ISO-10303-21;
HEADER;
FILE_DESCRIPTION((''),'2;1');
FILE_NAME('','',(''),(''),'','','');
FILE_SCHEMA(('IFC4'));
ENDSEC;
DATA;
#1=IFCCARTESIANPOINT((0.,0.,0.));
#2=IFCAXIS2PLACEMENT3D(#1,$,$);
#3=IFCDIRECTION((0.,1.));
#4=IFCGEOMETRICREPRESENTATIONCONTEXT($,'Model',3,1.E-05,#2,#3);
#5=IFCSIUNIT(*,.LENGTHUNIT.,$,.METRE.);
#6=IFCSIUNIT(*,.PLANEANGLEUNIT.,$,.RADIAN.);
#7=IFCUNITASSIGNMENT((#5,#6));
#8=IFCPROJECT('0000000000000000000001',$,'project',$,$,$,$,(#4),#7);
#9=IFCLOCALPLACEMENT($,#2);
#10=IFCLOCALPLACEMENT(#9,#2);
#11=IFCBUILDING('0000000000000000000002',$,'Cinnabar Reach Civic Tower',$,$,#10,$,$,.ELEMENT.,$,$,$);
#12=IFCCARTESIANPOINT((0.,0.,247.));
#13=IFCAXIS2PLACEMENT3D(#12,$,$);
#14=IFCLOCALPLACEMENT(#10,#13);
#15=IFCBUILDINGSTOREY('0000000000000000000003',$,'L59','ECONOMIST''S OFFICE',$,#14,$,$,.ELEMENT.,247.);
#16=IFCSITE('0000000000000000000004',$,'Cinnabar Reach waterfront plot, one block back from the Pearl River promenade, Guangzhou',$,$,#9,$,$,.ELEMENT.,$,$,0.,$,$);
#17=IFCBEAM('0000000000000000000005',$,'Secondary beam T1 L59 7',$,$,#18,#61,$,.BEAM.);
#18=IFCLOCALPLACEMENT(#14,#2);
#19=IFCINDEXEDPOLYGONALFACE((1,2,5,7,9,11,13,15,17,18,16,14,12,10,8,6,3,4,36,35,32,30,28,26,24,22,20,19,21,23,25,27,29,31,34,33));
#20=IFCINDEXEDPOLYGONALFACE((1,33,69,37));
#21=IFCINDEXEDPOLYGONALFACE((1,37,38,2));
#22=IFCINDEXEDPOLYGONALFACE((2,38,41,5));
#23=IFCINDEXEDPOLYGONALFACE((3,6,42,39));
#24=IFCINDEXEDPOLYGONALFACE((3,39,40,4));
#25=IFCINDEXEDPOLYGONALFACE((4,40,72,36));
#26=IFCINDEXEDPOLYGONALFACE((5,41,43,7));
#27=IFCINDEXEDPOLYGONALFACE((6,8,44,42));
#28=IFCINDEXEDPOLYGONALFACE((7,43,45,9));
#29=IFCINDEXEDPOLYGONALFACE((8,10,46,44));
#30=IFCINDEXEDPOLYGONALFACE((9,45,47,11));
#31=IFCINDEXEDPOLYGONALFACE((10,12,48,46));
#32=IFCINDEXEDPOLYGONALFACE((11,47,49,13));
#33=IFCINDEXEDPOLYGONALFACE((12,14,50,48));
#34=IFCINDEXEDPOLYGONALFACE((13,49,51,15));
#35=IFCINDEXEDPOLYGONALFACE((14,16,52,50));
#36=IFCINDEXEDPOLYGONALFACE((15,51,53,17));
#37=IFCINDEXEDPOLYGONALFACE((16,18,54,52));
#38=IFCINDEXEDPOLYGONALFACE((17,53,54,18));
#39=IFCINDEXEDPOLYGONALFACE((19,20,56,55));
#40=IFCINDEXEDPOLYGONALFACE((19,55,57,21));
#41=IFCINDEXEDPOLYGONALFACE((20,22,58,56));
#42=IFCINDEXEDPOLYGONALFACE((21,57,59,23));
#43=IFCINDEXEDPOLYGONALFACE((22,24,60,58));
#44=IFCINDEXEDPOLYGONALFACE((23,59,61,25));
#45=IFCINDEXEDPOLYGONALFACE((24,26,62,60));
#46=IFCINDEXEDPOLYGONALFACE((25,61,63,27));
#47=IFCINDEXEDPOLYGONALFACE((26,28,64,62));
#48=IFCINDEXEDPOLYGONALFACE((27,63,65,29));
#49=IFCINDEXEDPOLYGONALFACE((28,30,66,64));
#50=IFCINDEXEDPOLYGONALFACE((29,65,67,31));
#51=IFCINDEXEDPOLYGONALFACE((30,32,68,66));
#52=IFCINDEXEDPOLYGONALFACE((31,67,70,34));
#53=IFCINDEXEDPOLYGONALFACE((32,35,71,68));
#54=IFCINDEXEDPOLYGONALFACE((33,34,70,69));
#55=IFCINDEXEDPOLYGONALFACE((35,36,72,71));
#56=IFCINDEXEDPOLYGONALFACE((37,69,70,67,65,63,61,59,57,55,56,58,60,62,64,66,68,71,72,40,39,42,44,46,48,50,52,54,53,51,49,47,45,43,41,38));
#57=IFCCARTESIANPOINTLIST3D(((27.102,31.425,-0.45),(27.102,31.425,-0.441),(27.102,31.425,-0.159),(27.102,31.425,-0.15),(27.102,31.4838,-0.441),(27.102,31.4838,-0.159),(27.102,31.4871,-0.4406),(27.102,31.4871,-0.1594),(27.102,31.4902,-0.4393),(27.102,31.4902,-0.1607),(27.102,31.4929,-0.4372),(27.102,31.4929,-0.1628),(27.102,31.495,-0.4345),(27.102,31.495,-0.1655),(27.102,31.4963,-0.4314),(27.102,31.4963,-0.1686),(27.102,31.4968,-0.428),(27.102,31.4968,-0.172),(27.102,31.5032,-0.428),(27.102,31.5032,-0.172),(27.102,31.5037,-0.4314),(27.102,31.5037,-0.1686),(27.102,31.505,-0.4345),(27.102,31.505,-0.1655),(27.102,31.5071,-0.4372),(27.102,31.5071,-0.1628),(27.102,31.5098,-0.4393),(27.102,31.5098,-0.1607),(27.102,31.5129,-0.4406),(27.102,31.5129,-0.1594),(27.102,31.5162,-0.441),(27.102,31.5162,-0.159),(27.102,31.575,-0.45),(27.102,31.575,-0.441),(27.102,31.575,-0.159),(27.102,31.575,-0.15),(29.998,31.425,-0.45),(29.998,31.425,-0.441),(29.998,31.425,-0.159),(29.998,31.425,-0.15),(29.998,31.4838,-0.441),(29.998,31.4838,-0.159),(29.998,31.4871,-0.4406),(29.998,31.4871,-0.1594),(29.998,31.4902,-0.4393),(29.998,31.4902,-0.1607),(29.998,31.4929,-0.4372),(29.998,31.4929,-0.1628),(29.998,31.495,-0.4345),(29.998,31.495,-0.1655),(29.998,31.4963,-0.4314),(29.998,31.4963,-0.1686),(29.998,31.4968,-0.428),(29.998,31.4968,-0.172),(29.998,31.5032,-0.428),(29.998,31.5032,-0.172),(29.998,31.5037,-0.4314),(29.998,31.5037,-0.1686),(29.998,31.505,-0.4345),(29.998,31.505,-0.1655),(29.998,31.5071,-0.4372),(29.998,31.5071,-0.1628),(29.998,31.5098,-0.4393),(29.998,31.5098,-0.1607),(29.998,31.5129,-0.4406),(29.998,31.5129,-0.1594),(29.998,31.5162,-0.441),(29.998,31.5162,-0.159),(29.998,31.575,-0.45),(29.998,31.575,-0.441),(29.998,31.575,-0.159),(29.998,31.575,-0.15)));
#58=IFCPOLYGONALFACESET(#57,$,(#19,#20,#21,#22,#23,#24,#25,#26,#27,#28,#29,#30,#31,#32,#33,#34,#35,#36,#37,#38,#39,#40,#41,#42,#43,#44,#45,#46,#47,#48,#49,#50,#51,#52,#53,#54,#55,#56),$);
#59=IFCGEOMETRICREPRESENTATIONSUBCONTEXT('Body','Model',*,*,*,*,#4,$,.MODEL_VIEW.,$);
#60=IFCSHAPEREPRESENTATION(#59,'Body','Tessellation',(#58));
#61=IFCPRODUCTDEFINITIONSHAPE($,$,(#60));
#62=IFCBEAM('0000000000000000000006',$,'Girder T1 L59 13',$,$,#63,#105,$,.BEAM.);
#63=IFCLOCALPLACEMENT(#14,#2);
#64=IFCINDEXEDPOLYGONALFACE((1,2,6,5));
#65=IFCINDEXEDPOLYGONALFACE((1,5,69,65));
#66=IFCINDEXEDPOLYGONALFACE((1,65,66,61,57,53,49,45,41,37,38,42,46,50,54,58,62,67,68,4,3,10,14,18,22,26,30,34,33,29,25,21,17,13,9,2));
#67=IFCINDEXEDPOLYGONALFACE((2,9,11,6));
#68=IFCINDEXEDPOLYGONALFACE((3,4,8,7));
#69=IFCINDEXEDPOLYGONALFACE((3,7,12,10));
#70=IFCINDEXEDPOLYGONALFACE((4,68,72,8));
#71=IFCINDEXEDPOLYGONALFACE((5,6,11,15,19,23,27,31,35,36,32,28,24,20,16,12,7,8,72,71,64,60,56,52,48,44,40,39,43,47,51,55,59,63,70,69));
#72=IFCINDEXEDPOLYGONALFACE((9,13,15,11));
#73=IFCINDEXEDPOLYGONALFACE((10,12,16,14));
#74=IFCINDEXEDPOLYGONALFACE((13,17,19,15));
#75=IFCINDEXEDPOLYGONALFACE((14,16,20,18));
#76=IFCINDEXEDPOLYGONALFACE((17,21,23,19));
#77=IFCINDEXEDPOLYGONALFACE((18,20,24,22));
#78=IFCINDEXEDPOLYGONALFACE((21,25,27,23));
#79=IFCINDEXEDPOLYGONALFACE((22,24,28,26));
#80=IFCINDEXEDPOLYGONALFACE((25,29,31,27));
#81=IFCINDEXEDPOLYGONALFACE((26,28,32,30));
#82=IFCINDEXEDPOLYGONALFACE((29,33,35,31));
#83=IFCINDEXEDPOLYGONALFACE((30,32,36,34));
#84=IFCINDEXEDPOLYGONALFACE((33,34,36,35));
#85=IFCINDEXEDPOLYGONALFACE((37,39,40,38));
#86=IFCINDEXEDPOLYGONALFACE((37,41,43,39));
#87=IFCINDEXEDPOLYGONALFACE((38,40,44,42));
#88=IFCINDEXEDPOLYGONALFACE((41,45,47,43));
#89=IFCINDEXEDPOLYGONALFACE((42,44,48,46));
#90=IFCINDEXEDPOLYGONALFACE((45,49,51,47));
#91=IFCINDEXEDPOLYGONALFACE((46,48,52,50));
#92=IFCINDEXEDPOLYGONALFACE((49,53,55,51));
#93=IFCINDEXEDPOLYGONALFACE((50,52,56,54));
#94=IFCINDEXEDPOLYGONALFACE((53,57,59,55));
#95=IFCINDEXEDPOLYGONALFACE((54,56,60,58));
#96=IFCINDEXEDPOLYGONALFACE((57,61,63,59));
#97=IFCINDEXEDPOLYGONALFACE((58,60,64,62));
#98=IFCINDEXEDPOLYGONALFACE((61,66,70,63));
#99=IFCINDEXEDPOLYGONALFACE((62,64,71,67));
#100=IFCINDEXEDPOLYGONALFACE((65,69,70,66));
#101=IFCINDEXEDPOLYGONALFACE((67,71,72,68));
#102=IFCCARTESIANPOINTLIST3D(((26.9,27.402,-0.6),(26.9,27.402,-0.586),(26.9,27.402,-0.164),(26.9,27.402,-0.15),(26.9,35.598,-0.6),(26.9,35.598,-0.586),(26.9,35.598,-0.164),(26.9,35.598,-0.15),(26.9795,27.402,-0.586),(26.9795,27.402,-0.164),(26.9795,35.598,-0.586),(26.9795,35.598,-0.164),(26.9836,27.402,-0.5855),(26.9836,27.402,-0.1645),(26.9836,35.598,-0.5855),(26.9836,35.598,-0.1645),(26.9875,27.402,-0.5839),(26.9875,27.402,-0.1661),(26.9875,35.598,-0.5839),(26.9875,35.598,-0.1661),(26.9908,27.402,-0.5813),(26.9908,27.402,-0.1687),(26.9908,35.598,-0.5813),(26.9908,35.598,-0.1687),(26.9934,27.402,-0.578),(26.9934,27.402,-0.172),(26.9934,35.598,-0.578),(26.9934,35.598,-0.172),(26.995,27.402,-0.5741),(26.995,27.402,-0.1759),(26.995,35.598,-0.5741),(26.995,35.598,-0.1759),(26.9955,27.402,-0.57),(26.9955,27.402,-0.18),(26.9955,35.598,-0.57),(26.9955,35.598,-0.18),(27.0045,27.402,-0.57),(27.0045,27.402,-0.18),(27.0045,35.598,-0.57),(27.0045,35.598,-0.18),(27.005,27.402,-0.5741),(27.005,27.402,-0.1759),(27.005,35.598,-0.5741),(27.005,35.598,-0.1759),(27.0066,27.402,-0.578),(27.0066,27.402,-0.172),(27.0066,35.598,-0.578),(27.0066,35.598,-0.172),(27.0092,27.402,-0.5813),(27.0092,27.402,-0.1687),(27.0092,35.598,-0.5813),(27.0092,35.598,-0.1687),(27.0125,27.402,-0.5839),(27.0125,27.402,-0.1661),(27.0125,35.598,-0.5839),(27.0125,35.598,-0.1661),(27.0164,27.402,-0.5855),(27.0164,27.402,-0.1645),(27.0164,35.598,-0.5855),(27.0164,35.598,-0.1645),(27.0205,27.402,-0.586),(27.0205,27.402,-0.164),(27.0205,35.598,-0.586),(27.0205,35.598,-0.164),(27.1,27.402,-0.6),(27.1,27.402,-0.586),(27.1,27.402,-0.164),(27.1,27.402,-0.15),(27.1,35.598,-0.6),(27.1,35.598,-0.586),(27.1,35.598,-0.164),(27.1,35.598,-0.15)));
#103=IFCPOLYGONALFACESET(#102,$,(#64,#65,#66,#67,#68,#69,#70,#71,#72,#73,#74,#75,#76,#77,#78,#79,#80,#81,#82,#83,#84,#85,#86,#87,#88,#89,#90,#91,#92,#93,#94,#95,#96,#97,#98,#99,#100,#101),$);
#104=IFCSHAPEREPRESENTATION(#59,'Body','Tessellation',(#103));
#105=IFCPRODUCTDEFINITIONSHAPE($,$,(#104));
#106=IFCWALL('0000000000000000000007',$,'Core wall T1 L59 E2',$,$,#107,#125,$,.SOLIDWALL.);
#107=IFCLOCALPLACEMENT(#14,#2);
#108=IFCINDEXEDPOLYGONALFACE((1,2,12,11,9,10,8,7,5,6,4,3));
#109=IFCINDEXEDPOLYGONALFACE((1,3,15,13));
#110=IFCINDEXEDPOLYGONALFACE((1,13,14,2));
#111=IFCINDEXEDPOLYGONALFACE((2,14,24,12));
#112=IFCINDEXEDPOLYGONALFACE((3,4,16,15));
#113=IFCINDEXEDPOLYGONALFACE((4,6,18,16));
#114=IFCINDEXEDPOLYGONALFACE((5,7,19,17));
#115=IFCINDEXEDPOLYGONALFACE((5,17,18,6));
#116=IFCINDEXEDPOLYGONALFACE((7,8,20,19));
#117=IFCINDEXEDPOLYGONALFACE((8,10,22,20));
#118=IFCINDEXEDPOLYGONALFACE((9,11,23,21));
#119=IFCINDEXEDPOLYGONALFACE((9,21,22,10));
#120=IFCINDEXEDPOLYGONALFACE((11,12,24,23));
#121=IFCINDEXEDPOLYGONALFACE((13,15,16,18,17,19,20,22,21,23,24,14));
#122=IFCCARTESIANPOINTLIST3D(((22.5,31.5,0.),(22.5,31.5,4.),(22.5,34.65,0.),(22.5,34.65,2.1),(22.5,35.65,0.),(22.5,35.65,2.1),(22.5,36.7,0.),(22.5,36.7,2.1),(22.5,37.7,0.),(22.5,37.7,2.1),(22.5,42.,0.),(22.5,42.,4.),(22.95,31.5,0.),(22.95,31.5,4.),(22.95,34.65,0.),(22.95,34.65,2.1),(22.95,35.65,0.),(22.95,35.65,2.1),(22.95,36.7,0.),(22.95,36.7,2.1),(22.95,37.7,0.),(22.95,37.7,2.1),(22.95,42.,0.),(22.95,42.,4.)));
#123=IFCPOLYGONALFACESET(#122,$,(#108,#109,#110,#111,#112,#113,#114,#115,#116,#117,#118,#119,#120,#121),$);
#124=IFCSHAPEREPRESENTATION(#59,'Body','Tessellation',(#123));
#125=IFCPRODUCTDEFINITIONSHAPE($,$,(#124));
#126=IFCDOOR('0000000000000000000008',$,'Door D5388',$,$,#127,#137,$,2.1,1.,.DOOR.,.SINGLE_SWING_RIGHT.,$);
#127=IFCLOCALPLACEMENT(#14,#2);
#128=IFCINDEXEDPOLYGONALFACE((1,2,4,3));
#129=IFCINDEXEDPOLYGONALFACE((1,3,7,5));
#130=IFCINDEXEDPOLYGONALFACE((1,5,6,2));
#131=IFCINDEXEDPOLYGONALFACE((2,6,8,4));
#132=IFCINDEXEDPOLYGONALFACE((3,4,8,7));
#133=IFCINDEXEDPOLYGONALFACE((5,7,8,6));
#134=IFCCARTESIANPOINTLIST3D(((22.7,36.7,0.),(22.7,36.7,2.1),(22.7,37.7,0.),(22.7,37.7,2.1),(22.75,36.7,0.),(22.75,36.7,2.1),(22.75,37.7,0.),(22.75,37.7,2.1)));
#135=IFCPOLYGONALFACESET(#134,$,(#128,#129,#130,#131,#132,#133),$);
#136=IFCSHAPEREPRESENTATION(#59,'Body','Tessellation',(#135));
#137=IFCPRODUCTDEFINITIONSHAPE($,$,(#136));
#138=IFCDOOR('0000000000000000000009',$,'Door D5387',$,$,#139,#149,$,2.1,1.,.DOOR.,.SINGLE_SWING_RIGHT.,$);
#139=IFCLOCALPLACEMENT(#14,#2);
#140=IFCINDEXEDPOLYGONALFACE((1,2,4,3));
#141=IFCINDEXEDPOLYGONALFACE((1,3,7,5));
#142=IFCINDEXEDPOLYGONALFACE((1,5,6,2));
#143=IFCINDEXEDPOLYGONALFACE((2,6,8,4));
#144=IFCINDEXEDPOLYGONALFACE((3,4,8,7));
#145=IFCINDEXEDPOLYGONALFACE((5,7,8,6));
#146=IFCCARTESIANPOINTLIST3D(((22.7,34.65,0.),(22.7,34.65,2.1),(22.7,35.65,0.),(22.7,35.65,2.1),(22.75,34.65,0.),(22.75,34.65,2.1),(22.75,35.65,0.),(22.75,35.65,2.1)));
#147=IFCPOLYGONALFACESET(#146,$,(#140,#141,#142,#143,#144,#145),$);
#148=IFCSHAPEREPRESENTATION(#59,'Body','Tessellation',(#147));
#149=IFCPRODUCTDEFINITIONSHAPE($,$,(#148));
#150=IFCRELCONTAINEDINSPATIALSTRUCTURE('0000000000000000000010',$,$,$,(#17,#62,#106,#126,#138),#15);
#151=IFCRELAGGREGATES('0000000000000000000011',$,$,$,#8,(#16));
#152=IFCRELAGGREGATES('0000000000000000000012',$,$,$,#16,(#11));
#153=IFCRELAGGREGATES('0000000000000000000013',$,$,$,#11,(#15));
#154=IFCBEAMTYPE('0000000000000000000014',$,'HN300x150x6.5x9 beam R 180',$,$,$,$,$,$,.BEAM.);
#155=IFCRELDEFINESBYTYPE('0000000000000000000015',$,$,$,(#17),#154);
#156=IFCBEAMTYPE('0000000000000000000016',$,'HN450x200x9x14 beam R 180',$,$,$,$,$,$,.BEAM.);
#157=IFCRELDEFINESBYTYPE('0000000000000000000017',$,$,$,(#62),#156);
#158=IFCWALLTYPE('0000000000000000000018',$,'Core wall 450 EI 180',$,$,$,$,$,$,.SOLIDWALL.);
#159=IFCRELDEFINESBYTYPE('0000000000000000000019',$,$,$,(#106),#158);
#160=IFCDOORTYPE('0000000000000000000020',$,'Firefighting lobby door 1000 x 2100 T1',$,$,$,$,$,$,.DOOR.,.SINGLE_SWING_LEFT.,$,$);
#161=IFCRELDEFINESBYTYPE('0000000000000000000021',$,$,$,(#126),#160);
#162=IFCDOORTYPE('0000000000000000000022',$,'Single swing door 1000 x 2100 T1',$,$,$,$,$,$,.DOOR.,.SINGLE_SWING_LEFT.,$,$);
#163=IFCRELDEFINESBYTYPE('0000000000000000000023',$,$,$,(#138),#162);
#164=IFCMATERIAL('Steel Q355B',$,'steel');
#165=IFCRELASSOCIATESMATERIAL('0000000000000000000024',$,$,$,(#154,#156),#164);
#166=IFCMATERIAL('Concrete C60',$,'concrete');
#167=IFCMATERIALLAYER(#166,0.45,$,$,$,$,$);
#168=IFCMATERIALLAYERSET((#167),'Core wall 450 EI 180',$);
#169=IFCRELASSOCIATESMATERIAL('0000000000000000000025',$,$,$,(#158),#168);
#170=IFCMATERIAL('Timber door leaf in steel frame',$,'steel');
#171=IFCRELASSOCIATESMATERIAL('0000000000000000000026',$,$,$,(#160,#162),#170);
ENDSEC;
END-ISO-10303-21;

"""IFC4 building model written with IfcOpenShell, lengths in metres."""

from ifc_helpers import new_model, si_unit, direction, frame, frame_2d, origin, origin_2d, place, context, subcontext, project, spatial, rectangle, i_section, extrude, material, layer, layer_set, material_profile, profile_set, type_object, element, fill, save


model = new_model("IFC4")

# Units and contexts
model_context = context("Model", 3, precision=1e-05, world=origin(), true_north=direction((0.0, 1.0)))
body_context = subcontext(model_context, "Body", "Model", "MODEL_VIEW")
ifc_project = project(units=[si_unit("LENGTHUNIT", "METRE"), si_unit("PLANEANGLEUNIT", "RADIAN")], contexts=[model_context])

# Site, building, storey
site_placement = place(None, origin())
site = spatial("IfcSite", under=ifc_project, at=site_placement, Name="Cinnabar Reach waterfront plot, one block back from the Pearl River promenade, Guangzhou", CompositionType="ELEMENT", RefElevation=0.0)
building_placement = place(site_placement, origin())
building = spatial("IfcBuilding", under=site, at=building_placement, Name="Cinnabar Reach Civic Tower", CompositionType="ELEMENT")
storey_placement = place(building_placement, frame((0.0, 0.0, 247.0)))
storey = spatial("IfcBuildingStorey", under=building, at=storey_placement, Name="L59", Description="ECONOMIST'S OFFICE", CompositionType="ELEMENT", Elevation=247.0)

# Shared definitions
ifc_material_1 = material(Name="Concrete C60", Category="concrete")

# Beams
ifc_material_2 = material(Name="Steel Q355B", Category="steel")
ifc_material_profile_1 = material_profile(ifc_material_2, i_section(OverallWidth=0.15, OverallDepth=0.3, WebThickness=0.0065, FlangeThickness=0.009, FilletRadius=0.013, at=origin_2d()), Name="HN300x150x6.5x9")
ifc_profile_set_1 = profile_set([ifc_material_profile_1], Name="Steel Q355B")
beam_type_1 = type_object("IfcBeamType", Name="HN300x150x6.5x9 beam R 180", PredefinedType="BEAM", material=ifc_profile_set_1)
beam_1_placement = place(storey_placement, frame((27.102, 31.5, -0.3), z_axis=(1.0, 0.0, 0.0), x_axis=(0.0, 1.0, 0.0)))
element("IfcBeam", 1, at=beam_1_placement, inside=storey, type_object=beam_type_1, Name="Secondary beam T1 L59 7", PredefinedType="BEAM", context=body_context, shape_type="SweptSolid", body=[
    extrude(i_section(OverallWidth=0.15, OverallDepth=0.3, WebThickness=0.0065, FlangeThickness=0.009, FilletRadius=0.013, at=origin_2d()), origin(), (0.0, 0.0, 1.0), 2.896),
])
ifc_material_profile_2 = material_profile(ifc_material_2, i_section(OverallWidth=0.2, OverallDepth=0.45, WebThickness=0.009, FlangeThickness=0.014, FilletRadius=0.016, at=origin_2d()), Name="HN450x200x9x14")
ifc_profile_set_2 = profile_set([ifc_material_profile_2], Name="Steel Q355B")
beam_type_2 = type_object("IfcBeamType", Name="HN450x200x9x14 beam R 180", PredefinedType="BEAM", material=ifc_profile_set_2)
beam_2_placement = place(storey_placement, frame((27.0, 27.402, -0.375), z_axis=(0.0, 1.0, 0.0), x_axis=(-1.0, 0.0, 0.0)))
element("IfcBeam", 2, at=beam_2_placement, inside=storey, type_object=beam_type_2, Name="Girder T1 L59 13", PredefinedType="BEAM", context=body_context, shape_type="SweptSolid", body=[
    extrude(i_section(OverallWidth=0.2, OverallDepth=0.45, WebThickness=0.009, FlangeThickness=0.014, FilletRadius=0.016, at=origin_2d()), origin(), (0.0, 0.0, 1.0), 8.196),
])

# Wall, openings, doors
ifc_layer_1 = layer(ifc_material_1, 0.45)
ifc_layer_set_1 = layer_set([ifc_layer_1], Name="Core wall 450 EI 180")
wall_type_1 = type_object("IfcWallType", Name="Core wall 450 EI 180", PredefinedType="SOLIDWALL", material=ifc_layer_set_1)
wall_1_placement = place(storey_placement, frame((22.725, 31.5, 0.0), z_axis=(0.0, 0.0, 1.0), x_axis=(0.0, 1.0, 0.0)))
wall_1 = element("IfcWall", 3, at=wall_1_placement, inside=storey, type_object=wall_type_1, Name="Core wall T1 L59 E2", PredefinedType="SOLIDWALL", context=body_context, shape_type="SweptSolid", body=[
    extrude(rectangle(XDim=10.5, YDim=0.45, at=frame_2d((5.25, 0.0))), origin(), (0.0, 0.0, 1.0), 4.0),
])
opening_1_placement = place(wall_1_placement, frame((3.15, 0.0, 0.0)))
opening_1 = element("IfcOpeningElement", 4, at=opening_1_placement, cuts=wall_1, PredefinedType="OPENING", context=body_context, shape_type="SweptSolid", body=[
    extrude(rectangle(XDim=1.0, YDim=2.1, at=frame_2d((0.5, 1.05))), frame((0.0, 0.235, 0.0), z_axis=(0.0, -1.0, 0.0), x_axis=(1.0, 0.0, 0.0)), (0.0, 0.0, 1.0), 0.47),
])
opening_2_placement = place(wall_1_placement, frame((5.2, 0.0, 0.0)))
opening_2 = element("IfcOpeningElement", 5, at=opening_2_placement, cuts=wall_1, PredefinedType="OPENING", context=body_context, shape_type="SweptSolid", body=[
    extrude(rectangle(XDim=1.0, YDim=2.1, at=frame_2d((0.5, 1.05))), frame((0.0, 0.235, 0.0), z_axis=(0.0, -1.0, 0.0), x_axis=(1.0, 0.0, 0.0)), (0.0, 0.0, 1.0), 0.47),
])
ifc_material_3 = material(Name="Timber door leaf in steel frame", Category="steel")
door_type_1 = type_object("IfcDoorType", Name="Firefighting lobby door 1000 x 2100 T1", OperationType="SINGLE_SWING_LEFT", PredefinedType="DOOR", material=ifc_material_3)
door_1_placement = place(opening_2_placement, origin())
door_1 = element("IfcDoor", 6, at=door_1_placement, inside=storey, type_object=door_type_1, Name="Door D5388", OperationType="SINGLE_SWING_RIGHT", OverallHeight=2.1, OverallWidth=1.0, PredefinedType="DOOR", context=body_context, shape_type="SweptSolid", body=[
    extrude(rectangle(XDim=1.0, YDim=2.1, at=frame_2d((0.5, 1.05))), frame((0.0, 0.025, 0.0), z_axis=(0.0, -1.0, 0.0), x_axis=(1.0, 0.0, 0.0)), (0.0, 0.0, 1.0), 0.05),
])
fill(opening_2, door_1)
door_type_2 = type_object("IfcDoorType", Name="Single swing door 1000 x 2100 T1", OperationType="SINGLE_SWING_LEFT", PredefinedType="DOOR", material=ifc_material_3)
door_2_placement = place(opening_1_placement, origin())
door_2 = element("IfcDoor", 7, at=door_2_placement, inside=storey, type_object=door_type_2, Name="Door D5387", OperationType="SINGLE_SWING_RIGHT", OverallHeight=2.1, OverallWidth=1.0, PredefinedType="DOOR", context=body_context, shape_type="SweptSolid", body=[
    extrude(rectangle(XDim=1.0, YDim=2.1, at=frame_2d((0.5, 1.05))), frame((0.0, 0.025, 0.0), z_axis=(0.0, -1.0, 0.0), x_axis=(1.0, 0.0, 0.0)), (0.0, 0.0, 1.0), 0.05),
])
fill(opening_1, door_2)

save(model, "model.ifc")
